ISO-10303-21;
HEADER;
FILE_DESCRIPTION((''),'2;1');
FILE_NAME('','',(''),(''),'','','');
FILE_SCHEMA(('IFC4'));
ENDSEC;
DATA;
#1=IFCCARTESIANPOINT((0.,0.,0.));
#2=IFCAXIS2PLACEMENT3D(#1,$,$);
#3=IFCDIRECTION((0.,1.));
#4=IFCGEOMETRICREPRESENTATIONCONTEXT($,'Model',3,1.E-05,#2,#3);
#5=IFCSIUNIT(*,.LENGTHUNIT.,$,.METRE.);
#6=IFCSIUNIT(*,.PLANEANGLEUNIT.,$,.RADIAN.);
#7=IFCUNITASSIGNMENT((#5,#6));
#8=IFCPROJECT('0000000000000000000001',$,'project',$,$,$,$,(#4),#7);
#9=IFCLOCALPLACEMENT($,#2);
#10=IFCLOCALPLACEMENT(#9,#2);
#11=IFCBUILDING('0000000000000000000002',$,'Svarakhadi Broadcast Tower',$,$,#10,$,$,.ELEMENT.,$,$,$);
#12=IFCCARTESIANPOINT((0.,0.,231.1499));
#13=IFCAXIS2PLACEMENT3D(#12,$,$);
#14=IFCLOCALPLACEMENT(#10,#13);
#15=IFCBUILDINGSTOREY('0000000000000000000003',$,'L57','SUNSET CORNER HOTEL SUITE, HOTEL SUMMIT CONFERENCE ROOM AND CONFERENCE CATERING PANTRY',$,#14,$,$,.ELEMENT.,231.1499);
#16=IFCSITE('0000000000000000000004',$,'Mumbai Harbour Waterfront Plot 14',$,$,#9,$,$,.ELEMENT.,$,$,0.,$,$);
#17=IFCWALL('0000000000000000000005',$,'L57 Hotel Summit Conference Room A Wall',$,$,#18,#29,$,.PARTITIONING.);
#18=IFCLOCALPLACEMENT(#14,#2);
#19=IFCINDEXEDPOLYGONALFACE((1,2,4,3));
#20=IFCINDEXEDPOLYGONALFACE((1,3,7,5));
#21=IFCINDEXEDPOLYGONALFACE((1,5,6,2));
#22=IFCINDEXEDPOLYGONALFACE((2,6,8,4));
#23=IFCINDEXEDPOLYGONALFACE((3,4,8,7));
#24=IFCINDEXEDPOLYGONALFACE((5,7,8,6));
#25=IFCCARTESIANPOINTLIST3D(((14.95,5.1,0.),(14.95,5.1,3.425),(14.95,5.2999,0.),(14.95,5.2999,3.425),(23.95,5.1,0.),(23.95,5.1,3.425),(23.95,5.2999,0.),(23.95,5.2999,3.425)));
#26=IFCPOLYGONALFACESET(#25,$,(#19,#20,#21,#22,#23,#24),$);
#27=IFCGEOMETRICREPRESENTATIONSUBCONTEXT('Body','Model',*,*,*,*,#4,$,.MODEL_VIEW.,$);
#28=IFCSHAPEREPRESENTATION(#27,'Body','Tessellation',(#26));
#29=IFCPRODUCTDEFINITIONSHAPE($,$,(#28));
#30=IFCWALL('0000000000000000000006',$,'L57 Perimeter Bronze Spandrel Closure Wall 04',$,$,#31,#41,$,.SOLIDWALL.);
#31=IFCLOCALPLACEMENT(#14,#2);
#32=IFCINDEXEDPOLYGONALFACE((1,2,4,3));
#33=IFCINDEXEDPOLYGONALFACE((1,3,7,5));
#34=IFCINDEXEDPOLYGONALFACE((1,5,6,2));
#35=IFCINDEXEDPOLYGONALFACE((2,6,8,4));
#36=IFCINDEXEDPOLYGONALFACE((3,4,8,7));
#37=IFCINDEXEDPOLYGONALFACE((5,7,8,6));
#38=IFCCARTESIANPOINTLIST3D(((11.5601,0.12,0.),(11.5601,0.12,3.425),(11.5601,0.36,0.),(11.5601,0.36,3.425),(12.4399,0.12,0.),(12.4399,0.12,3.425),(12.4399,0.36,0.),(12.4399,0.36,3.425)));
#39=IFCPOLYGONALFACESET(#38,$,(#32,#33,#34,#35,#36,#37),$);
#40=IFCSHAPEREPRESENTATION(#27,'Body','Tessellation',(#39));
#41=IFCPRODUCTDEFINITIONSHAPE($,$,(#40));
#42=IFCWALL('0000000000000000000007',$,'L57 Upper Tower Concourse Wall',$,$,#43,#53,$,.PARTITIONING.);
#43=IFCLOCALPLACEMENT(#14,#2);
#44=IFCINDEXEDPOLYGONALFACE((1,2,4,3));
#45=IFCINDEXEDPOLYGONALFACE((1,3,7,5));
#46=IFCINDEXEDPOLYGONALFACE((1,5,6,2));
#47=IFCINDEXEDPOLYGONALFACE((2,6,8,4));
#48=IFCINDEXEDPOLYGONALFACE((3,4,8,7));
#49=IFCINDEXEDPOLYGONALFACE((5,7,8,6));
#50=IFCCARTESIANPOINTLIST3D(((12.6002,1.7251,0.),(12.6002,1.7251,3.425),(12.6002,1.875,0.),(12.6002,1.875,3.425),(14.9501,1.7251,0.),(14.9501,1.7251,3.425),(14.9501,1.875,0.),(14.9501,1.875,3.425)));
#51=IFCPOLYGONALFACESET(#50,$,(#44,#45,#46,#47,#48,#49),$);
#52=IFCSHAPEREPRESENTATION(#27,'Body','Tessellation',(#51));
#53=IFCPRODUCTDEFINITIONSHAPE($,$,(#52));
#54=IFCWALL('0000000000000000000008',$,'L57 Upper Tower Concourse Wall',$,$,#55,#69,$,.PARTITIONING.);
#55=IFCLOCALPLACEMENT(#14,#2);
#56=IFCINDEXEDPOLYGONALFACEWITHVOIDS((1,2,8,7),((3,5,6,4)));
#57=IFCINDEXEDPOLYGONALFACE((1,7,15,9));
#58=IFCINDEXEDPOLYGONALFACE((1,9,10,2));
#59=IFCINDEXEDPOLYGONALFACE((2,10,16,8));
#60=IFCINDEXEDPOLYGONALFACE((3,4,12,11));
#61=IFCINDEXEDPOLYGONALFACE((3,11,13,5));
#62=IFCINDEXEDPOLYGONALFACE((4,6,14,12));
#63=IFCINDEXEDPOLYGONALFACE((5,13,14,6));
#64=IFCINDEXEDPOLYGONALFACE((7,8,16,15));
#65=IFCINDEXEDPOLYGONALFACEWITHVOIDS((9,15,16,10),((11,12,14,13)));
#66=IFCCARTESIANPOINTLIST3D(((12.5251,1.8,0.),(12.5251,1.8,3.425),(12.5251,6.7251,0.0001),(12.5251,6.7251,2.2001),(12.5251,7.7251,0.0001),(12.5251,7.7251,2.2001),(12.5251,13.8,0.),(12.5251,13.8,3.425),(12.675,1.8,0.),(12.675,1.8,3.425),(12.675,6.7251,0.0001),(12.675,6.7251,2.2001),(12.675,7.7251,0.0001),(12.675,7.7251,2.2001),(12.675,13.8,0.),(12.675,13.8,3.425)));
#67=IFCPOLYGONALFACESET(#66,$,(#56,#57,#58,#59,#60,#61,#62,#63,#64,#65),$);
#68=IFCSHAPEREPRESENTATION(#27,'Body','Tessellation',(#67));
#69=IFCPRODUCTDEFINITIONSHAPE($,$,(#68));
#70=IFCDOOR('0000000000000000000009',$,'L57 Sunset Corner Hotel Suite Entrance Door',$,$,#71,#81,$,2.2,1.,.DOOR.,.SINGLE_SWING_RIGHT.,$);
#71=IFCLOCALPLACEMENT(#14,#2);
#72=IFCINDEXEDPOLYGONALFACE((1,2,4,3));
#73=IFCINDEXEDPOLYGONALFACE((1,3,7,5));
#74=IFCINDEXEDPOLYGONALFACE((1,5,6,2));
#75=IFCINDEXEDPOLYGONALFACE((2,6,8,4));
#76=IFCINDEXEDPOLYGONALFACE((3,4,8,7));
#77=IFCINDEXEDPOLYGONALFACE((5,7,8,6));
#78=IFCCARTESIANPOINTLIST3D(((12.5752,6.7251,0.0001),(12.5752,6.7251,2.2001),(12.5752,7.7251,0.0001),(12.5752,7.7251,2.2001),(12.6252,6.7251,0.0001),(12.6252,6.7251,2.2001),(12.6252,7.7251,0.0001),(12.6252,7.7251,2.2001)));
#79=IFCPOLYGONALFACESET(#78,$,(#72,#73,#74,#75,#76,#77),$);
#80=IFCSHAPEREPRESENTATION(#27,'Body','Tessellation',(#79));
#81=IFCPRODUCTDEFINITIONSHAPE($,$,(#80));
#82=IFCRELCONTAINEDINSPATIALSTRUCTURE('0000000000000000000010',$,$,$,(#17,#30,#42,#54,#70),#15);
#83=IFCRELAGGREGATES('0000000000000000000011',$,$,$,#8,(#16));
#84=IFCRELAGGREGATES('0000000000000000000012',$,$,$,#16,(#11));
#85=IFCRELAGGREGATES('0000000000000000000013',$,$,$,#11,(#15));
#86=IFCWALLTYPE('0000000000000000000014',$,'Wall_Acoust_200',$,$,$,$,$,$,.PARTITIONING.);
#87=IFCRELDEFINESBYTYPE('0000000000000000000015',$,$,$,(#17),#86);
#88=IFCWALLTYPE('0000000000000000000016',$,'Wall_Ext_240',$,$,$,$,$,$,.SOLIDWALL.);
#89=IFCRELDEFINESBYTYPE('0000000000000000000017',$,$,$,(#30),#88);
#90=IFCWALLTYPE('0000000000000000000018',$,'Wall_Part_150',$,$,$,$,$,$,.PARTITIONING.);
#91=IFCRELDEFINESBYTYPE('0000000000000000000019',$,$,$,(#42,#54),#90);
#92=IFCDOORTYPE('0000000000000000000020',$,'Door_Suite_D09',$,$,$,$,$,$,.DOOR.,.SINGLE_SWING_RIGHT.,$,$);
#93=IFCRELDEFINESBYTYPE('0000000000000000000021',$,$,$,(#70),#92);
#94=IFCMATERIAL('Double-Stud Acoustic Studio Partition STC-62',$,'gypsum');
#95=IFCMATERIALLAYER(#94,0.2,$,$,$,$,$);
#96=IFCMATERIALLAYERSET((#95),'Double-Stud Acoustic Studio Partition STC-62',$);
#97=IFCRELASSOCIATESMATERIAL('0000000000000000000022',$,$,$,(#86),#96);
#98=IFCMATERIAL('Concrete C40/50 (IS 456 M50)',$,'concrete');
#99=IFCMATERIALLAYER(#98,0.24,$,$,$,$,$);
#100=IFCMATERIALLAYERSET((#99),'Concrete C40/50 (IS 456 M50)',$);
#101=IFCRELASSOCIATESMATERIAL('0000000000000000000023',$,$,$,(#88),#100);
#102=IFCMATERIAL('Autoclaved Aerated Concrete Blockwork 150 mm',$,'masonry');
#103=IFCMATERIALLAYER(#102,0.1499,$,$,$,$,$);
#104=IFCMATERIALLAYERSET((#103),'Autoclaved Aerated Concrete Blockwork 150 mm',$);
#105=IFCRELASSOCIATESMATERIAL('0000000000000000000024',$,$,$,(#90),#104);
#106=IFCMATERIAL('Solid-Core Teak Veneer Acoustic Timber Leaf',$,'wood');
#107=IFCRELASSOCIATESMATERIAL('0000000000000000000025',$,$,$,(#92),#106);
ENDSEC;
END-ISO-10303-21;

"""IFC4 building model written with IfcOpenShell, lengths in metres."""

from ifc_helpers import new_model, si_unit, direction, frame, frame_2d, origin, place, context, subcontext, project, spatial, rectangle, extrude, material, layer, layer_set, type_object, element, fill, save


model = new_model("IFC4")

# Units and contexts
model_context = context("Model", 3, precision=1e-05, world=origin(), true_north=direction((0.0, 1.0)))
body_context = subcontext(model_context, "Body", "Model", "MODEL_VIEW")
ifc_project = project(units=[si_unit("LENGTHUNIT", "METRE"), si_unit("PLANEANGLEUNIT", "RADIAN")], contexts=[model_context])

# Site, building, storey
site_placement = place(None, origin())
site = spatial("IfcSite", under=ifc_project, at=site_placement, Name="Mumbai Harbour Waterfront Plot 14", CompositionType="ELEMENT", RefElevation=0.0)
building_placement = place(site_placement, origin())
building = spatial("IfcBuilding", under=site, at=building_placement, Name="Svarakhadi Broadcast Tower", CompositionType="ELEMENT")
storey_placement = place(building_placement, frame((0.0, 0.0, 231.1499)))
storey = spatial("IfcBuildingStorey", under=building, at=storey_placement, Name="L57", Description="SUNSET CORNER HOTEL SUITE, HOTEL SUMMIT CONFERENCE ROOM AND CONFERENCE CATERING PANTRY", CompositionType="ELEMENT", Elevation=231.1499)

# Walls
ifc_material_1 = material(Name="Double-Stud Acoustic Studio Partition STC-62", Category="gypsum")
ifc_layer_1 = layer(ifc_material_1, 0.2)
ifc_layer_set_1 = layer_set([ifc_layer_1], Name="Double-Stud Acoustic Studio Partition STC-62")
wall_type_1 = type_object("IfcWallType", Name="Wall_Acoust_200", PredefinedType="PARTITIONING", material=ifc_layer_set_1)
wall_1_placement = place(storey_placement, frame((14.95, 5.2, 0.0), z_axis=(0.0, 0.0, 1.0), x_axis=(1.0, 0.0, 0.0)))
element("IfcWall", 1, at=wall_1_placement, inside=storey, type_object=wall_type_1, Name="L57 Hotel Summit Conference Room A Wall", PredefinedType="PARTITIONING", context=body_context, shape_type="SweptSolid", body=[
    extrude(rectangle(XDim=9.0, YDim=0.2, at=frame_2d((4.5, 0.0))), origin(), (0.0, 0.0, 1.0), 3.425),
])
ifc_material_2 = material(Name="Concrete C40/50 (IS 456 M50)", Category="concrete")
ifc_layer_2 = layer(ifc_material_2, 0.24)
ifc_layer_set_2 = layer_set([ifc_layer_2], Name="Concrete C40/50 (IS 456 M50)")
wall_type_2 = type_object("IfcWallType", Name="Wall_Ext_240", PredefinedType="SOLIDWALL", material=ifc_layer_set_2)
wall_2_placement = place(storey_placement, frame((12.4399, 0.24, 0.0), z_axis=(0.0, 0.0, 1.0), x_axis=(-1.0, 0.0, 0.0)))
element("IfcWall", 2, at=wall_2_placement, inside=storey, type_object=wall_type_2, Name="L57 Perimeter Bronze Spandrel Closure Wall 04", PredefinedType="SOLIDWALL", context=body_context, shape_type="SweptSolid", body=[
    extrude(rectangle(XDim=0.8799, YDim=0.24, at=frame_2d((0.4399, 0.0))), origin(), (0.0, 0.0, 1.0), 3.425),
])
ifc_material_3 = material(Name="Autoclaved Aerated Concrete Blockwork 150 mm", Category="masonry")
ifc_layer_3 = layer(ifc_material_3, 0.1499)
ifc_layer_set_3 = layer_set([ifc_layer_3], Name="Autoclaved Aerated Concrete Blockwork 150 mm")
wall_type_3 = type_object("IfcWallType", Name="Wall_Part_150", PredefinedType="PARTITIONING", material=ifc_layer_set_3)
wall_3_placement = place(storey_placement, frame((14.95, 1.8, 0.0), z_axis=(0.0, 0.0, 1.0), x_axis=(-1.0, 0.0, 0.0)))
element("IfcWall", 3, at=wall_3_placement, inside=storey, type_object=wall_type_3, Name="L57 Upper Tower Concourse Wall", PredefinedType="PARTITIONING", context=body_context, shape_type="SweptSolid", body=[
    extrude(rectangle(XDim=2.3499, YDim=0.1499, at=frame_2d((1.1748, 0.0))), origin(), (0.0, 0.0, 1.0), 3.425),
])

# Wall, opening, door
wall_4_placement = place(storey_placement, frame((12.6001, 1.8, 0.0), z_axis=(0.0, 0.0, 1.0), x_axis=(0.0, 1.0, 0.0)))
wall_4 = element("IfcWall", 4, at=wall_4_placement, inside=storey, type_object=wall_type_3, Name="L57 Upper Tower Concourse Wall", PredefinedType="PARTITIONING", context=body_context, shape_type="SweptSolid", body=[
    extrude(rectangle(XDim=12.0, YDim=0.1499, at=frame_2d((6.0, 0.0))), origin(), (0.0, 0.0, 1.0), 3.425),
])
opening_placement = place(wall_4_placement, frame((4.925, 0.0, 0.0)))
opening = element("IfcOpeningElement", 5, at=opening_placement, cuts=wall_4, PredefinedType="OPENING", context=body_context, shape_type="SweptSolid", body=[
    extrude(rectangle(XDim=1.0, YDim=2.2, at=frame_2d((0.5, 1.1001))), frame((0.0, 0.085, 0.0), z_axis=(0.0, -1.0, 0.0), x_axis=(1.0, 0.0, 0.0)), (0.0, 0.0, 1.0), 0.1699),
])
ifc_material_4 = material(Name="Solid-Core Teak Veneer Acoustic Timber Leaf", Category="wood")
door_type = type_object("IfcDoorType", Name="Door_Suite_D09", OperationType="SINGLE_SWING_RIGHT", PredefinedType="DOOR", material=ifc_material_4)
door_placement = place(opening_placement, origin())
door = element("IfcDoor", 6, at=door_placement, inside=storey, type_object=door_type, Name="L57 Sunset Corner Hotel Suite Entrance Door", OperationType="SINGLE_SWING_RIGHT", OverallHeight=2.2, OverallWidth=1.0, PredefinedType="DOOR", context=body_context, shape_type="SweptSolid", body=[
    extrude(rectangle(XDim=1.0, YDim=2.2, at=frame_2d((0.5, 1.1001))), frame((0.0, 0.0249, 0.0), z_axis=(0.0, -1.0, 0.0), x_axis=(1.0, 0.0, 0.0)), (0.0, 0.0, 1.0), 0.05),
])
fill(opening, door)

save(model, "model.ifc")
